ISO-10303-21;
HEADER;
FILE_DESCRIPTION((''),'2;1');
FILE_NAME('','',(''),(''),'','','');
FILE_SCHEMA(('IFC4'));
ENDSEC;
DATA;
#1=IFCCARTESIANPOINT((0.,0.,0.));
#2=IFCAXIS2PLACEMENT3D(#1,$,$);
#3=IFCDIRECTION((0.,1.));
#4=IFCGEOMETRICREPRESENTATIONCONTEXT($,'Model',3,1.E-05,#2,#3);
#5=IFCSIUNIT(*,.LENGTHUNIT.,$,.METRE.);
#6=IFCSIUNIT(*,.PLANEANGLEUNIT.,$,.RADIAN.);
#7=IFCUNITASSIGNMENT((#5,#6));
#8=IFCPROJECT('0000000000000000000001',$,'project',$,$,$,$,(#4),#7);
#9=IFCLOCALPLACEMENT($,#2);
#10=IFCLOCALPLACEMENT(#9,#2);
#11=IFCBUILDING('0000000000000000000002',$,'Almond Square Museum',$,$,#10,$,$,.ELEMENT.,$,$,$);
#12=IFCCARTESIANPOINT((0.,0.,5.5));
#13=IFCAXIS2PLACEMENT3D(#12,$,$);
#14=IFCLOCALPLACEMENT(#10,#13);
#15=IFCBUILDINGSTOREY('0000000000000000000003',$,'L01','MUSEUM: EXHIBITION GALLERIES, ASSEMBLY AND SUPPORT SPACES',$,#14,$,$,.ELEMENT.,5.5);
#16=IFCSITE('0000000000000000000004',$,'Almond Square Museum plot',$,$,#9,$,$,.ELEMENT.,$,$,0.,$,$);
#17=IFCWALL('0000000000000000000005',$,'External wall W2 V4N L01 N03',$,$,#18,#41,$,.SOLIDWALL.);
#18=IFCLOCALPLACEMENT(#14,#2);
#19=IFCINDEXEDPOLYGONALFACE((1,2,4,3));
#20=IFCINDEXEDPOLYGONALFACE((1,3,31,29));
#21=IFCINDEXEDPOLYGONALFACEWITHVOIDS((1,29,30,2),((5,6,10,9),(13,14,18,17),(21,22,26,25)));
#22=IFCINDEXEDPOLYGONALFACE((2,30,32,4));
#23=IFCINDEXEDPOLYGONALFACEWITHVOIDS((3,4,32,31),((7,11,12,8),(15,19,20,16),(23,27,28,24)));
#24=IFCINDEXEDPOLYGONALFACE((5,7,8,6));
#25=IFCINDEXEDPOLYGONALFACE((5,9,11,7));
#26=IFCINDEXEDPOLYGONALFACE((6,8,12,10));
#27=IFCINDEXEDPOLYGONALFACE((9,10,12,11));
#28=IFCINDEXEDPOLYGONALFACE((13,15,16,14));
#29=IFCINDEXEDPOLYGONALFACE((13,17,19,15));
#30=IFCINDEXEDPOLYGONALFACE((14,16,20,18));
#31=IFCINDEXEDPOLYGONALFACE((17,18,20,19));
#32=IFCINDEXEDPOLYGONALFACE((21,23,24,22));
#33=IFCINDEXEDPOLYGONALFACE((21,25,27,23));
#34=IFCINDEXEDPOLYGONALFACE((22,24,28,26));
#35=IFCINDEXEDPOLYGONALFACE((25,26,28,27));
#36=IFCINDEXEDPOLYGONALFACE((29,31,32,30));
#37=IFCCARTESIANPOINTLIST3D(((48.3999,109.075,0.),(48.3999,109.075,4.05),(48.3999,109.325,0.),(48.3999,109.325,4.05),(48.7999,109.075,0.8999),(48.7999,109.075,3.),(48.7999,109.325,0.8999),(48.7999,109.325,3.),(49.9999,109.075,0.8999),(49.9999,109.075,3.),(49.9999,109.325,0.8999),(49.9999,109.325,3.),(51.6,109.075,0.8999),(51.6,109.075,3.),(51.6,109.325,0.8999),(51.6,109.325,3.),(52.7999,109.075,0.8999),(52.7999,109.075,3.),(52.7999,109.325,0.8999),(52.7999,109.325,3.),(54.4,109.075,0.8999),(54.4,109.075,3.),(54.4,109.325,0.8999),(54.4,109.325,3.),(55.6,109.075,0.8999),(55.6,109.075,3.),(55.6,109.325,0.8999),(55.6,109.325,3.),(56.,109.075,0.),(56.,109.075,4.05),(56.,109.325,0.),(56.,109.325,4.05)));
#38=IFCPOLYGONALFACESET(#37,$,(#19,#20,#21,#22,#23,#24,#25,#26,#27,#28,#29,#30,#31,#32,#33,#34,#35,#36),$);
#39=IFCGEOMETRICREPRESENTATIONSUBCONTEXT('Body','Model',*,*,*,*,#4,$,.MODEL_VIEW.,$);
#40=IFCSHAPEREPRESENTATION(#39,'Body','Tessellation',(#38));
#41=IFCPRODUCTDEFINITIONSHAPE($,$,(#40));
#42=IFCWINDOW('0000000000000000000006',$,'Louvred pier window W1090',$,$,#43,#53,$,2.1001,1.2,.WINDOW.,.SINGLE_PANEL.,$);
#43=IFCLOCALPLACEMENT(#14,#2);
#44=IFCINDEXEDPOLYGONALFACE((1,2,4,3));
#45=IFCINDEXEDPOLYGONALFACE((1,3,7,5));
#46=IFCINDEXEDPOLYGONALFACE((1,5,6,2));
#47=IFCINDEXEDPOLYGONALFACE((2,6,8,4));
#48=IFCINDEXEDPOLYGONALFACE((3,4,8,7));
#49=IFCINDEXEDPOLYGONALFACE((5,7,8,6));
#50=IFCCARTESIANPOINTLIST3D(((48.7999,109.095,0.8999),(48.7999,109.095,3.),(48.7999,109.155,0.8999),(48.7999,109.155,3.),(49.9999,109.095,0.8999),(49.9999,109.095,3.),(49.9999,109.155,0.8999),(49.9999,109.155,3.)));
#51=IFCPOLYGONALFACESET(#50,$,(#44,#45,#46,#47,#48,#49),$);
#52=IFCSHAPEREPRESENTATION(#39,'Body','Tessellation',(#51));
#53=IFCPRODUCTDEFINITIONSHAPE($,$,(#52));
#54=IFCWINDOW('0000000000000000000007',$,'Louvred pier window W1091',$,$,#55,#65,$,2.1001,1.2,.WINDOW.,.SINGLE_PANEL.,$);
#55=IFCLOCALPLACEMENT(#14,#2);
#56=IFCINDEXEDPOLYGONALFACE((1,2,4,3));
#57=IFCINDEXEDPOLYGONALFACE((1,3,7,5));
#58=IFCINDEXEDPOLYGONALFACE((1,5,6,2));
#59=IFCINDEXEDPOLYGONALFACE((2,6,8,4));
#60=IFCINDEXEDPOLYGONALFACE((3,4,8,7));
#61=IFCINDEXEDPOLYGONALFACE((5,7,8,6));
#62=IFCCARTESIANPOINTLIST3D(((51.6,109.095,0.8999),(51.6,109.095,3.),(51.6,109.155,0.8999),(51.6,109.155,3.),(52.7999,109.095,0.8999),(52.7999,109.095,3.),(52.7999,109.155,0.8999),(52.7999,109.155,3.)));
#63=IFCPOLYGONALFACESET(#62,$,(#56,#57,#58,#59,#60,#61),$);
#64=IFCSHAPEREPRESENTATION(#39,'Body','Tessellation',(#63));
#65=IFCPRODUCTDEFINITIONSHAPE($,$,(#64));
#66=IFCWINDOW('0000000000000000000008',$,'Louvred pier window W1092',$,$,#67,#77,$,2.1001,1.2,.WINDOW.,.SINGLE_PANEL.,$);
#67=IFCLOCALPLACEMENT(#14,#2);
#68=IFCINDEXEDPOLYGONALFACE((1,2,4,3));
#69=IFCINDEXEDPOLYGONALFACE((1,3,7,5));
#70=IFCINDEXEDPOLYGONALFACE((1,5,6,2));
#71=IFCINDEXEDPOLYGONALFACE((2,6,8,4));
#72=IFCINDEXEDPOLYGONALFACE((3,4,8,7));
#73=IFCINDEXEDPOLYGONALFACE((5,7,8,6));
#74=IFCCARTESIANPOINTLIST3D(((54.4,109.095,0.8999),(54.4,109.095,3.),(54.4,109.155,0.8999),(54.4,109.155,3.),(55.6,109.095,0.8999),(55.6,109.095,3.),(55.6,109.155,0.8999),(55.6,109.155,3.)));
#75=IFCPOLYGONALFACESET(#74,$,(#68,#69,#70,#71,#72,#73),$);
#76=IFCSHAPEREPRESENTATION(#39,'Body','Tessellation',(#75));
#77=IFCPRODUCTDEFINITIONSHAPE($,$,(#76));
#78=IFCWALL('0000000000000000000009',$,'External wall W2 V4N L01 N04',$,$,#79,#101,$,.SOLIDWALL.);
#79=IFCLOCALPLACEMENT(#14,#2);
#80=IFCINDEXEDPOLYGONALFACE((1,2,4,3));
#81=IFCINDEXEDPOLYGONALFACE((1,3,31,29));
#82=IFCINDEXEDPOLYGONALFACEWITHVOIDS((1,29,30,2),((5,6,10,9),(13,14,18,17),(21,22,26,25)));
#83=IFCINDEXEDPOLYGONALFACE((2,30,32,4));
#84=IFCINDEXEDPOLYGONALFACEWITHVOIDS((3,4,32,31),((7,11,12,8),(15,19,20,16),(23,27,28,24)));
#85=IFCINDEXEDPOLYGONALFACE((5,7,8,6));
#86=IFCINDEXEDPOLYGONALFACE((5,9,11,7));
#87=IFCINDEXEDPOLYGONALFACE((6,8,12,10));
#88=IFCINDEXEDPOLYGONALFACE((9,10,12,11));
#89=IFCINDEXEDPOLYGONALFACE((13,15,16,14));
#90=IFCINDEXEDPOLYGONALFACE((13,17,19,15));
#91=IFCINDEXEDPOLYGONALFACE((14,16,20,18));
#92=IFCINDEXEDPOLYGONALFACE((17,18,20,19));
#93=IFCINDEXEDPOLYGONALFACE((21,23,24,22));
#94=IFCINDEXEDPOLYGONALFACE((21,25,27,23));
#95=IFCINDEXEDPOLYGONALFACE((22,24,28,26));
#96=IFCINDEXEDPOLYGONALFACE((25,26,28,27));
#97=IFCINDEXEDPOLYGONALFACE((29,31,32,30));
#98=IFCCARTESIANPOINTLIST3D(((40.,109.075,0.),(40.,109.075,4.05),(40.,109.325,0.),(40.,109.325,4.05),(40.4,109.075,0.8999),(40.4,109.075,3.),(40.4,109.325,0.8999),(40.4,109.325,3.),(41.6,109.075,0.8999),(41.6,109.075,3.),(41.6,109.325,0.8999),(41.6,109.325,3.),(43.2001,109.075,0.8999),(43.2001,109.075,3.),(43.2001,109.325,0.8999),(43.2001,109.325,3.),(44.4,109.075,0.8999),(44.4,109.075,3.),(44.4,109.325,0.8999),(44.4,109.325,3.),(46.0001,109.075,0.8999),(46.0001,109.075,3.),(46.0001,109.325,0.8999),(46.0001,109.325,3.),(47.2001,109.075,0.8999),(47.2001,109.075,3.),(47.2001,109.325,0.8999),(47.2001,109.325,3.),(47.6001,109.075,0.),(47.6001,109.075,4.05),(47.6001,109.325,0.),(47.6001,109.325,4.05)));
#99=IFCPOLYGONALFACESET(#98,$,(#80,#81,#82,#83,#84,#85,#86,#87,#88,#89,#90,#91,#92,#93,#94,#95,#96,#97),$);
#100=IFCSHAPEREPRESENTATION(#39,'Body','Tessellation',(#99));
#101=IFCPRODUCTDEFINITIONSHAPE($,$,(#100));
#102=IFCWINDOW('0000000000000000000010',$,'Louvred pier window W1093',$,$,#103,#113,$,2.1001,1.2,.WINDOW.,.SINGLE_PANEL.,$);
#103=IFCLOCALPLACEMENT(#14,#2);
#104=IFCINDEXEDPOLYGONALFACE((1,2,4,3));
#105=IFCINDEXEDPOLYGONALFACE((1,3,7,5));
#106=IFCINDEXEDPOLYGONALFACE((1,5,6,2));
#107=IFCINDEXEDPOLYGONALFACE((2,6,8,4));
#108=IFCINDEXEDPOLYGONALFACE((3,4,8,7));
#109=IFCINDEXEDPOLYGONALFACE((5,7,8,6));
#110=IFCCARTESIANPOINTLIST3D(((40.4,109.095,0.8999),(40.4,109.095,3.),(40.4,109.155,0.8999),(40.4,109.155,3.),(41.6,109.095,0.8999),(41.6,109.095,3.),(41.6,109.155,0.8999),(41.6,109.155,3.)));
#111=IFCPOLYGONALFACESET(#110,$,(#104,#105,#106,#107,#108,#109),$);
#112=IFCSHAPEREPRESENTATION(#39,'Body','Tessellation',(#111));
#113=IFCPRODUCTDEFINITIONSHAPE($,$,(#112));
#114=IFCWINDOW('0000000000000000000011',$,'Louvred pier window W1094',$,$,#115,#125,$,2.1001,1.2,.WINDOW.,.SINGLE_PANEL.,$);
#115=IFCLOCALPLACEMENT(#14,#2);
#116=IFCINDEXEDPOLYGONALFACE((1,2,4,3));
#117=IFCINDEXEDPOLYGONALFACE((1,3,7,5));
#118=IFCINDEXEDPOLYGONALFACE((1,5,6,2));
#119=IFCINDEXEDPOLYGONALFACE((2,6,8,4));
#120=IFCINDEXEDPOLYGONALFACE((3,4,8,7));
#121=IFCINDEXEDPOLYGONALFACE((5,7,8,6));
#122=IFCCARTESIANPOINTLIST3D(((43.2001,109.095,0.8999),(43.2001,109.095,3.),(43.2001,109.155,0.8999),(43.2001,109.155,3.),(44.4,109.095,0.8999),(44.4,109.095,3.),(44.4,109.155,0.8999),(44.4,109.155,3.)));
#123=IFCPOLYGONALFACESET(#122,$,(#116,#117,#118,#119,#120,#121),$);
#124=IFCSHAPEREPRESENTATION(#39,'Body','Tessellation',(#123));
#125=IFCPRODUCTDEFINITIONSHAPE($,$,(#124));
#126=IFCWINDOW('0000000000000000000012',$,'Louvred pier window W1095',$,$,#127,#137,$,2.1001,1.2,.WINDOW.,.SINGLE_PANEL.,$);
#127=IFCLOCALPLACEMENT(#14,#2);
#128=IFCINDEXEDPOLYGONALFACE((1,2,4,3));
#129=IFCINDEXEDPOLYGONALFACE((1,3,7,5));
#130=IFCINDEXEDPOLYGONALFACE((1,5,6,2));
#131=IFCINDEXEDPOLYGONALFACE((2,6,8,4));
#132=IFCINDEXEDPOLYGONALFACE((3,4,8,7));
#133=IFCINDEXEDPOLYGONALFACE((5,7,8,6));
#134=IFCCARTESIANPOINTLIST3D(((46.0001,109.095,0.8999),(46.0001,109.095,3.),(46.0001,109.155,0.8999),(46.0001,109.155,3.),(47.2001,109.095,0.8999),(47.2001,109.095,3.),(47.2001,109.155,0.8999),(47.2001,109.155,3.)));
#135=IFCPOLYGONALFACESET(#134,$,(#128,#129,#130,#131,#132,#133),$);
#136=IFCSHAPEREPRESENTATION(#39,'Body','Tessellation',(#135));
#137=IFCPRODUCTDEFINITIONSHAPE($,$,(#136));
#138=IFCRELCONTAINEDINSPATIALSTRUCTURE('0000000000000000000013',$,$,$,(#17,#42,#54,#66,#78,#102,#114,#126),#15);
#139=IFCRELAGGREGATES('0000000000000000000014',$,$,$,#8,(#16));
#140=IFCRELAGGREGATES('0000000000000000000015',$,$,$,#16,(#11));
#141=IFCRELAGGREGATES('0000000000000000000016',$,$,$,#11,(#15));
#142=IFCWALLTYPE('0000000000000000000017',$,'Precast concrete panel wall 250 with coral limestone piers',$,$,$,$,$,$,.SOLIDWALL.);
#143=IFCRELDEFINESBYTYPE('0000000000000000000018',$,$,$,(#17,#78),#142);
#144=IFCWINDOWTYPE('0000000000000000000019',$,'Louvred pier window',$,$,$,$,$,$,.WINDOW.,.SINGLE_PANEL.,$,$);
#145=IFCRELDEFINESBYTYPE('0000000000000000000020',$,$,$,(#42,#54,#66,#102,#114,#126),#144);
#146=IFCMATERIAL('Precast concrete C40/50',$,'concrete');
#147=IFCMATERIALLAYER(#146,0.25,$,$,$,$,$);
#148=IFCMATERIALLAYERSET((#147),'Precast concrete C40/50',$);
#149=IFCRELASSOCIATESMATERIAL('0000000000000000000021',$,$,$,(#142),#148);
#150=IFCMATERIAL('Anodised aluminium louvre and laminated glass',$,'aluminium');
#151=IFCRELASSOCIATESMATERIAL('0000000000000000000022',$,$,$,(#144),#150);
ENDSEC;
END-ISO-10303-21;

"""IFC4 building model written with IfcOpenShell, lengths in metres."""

from ifc_helpers import new_model, si_unit, direction, frame, frame_2d, origin, place, context, subcontext, project, spatial, rectangle, extrude, material, layer, layer_set, type_object, element, fill, save


model = new_model("IFC4")

# Units and contexts
model_context = context("Model", 3, precision=1e-05, world=origin(), true_north=direction((0.0, 1.0)))
body_context = subcontext(model_context, "Body", "Model", "MODEL_VIEW")
ifc_project = project(units=[si_unit("LENGTHUNIT", "METRE"), si_unit("PLANEANGLEUNIT", "RADIAN")], contexts=[model_context])

# Site, building, storey
site_placement = place(None, origin())
site = spatial("IfcSite", under=ifc_project, at=site_placement, Name="Almond Square Museum plot", CompositionType="ELEMENT", RefElevation=0.0)
building_placement = place(site_placement, origin())
building = spatial("IfcBuilding", under=site, at=building_placement, Name="Almond Square Museum", CompositionType="ELEMENT")
storey_placement = place(building_placement, frame((0.0, 0.0, 5.5)))
storey = spatial("IfcBuildingStorey", under=building, at=storey_placement, Name="L01", Description="MUSEUM: EXHIBITION GALLERIES, ASSEMBLY AND SUPPORT SPACES", CompositionType="ELEMENT", Elevation=5.5)

# Walls, openings, windows
ifc_material_1 = material(Name="Precast concrete C40/50", Category="concrete")
ifc_layer = layer(ifc_material_1, 0.25)
ifc_layer_set = layer_set([ifc_layer], Name="Precast concrete C40/50")
wall_type = type_object("IfcWallType", Name="Precast concrete panel wall 250 with coral limestone piers", PredefinedType="SOLIDWALL", material=ifc_layer_set)
wall_1_placement = place(storey_placement, frame((48.3999, 109.2, 0.0), z_axis=(0.0, 0.0, 1.0), x_axis=(1.0, 0.0, 0.0)))
wall_1 = element("IfcWall", 1, at=wall_1_placement, inside=storey, type_object=wall_type, Name="External wall W2 V4N L01 N03", PredefinedType="SOLIDWALL", context=body_context, shape_type="SweptSolid", body=[
    extrude(rectangle(XDim=7.6001, YDim=0.25, at=frame_2d((3.8, 0.0))), origin(), (0.0, 0.0, 1.0), 4.05),
])
opening_1_placement = place(wall_1_placement, frame((0.3999, 0.0, 0.8999)))
opening_1 = element("IfcOpeningElement", 2, at=opening_1_placement, cuts=wall_1, PredefinedType="OPENING", context=body_context, shape_type="SweptSolid", body=[
    extrude(rectangle(XDim=1.2, YDim=2.1001, at=frame_2d((0.6001, 1.05))), frame((0.0, 0.135, 0.0), z_axis=(0.0, -1.0, 0.0), x_axis=(1.0, 0.0, 0.0)), (0.0, 0.0, 1.0), 0.27),
])
opening_2_placement = place(wall_1_placement, frame((3.2, 0.0, 0.8999)))
opening_2 = element("IfcOpeningElement", 3, at=opening_2_placement, cuts=wall_1, PredefinedType="OPENING", context=body_context, shape_type="SweptSolid", body=[
    extrude(rectangle(XDim=1.2, YDim=2.1001, at=frame_2d((0.6001, 1.05))), frame((0.0, 0.135, 0.0), z_axis=(0.0, -1.0, 0.0), x_axis=(1.0, 0.0, 0.0)), (0.0, 0.0, 1.0), 0.27),
])
opening_3_placement = place(wall_1_placement, frame((6.0, 0.0, 0.8999)))
opening_3 = element("IfcOpeningElement", 4, at=opening_3_placement, cuts=wall_1, PredefinedType="OPENING", context=body_context, shape_type="SweptSolid", body=[
    extrude(rectangle(XDim=1.2, YDim=2.1001, at=frame_2d((0.6001, 1.05))), frame((0.0, 0.135, 0.0), z_axis=(0.0, -1.0, 0.0), x_axis=(1.0, 0.0, 0.0)), (0.0, 0.0, 1.0), 0.27),
])
ifc_material_2 = material(Name="Anodised aluminium louvre and laminated glass", Category="aluminium")
window_type = type_object("IfcWindowType", Name="Louvred pier window", PartitioningType="SINGLE_PANEL", PredefinedType="WINDOW", material=ifc_material_2)
window_1_placement = place(opening_1_placement, origin())
window_1 = element("IfcWindow", 5, at=window_1_placement, inside=storey, type_object=window_type, Name="Louvred pier window W1090", OverallHeight=2.1001, OverallWidth=1.2, PartitioningType="SINGLE_PANEL", PredefinedType="WINDOW", context=body_context, shape_type="SweptSolid", body=[
    extrude(rectangle(XDim=1.2, YDim=2.1001, at=frame_2d((0.6001, 1.05))), frame((0.0, -0.0449, 0.0), z_axis=(0.0, -1.0, 0.0), x_axis=(1.0, 0.0, 0.0)), (0.0, 0.0, 1.0), 0.0601),
])
fill(opening_1, window_1)
window_2_placement = place(opening_2_placement, origin())
window_2 = element("IfcWindow", 6, at=window_2_placement, inside=storey, type_object=window_type, Name="Louvred pier window W1091", OverallHeight=2.1001, OverallWidth=1.2, PartitioningType="SINGLE_PANEL", PredefinedType="WINDOW", context=body_context, shape_type="SweptSolid", body=[
    extrude(rectangle(XDim=1.2, YDim=2.1001, at=frame_2d((0.6001, 1.05))), frame((0.0, -0.0449, 0.0), z_axis=(0.0, -1.0, 0.0), x_axis=(1.0, 0.0, 0.0)), (0.0, 0.0, 1.0), 0.0601),
])
fill(opening_2, window_2)
window_3_placement = place(opening_3_placement, origin())
window_3 = element("IfcWindow", 7, at=window_3_placement, inside=storey, type_object=window_type, Name="Louvred pier window W1092", OverallHeight=2.1001, OverallWidth=1.2, PartitioningType="SINGLE_PANEL", PredefinedType="WINDOW", context=body_context, shape_type="SweptSolid", body=[
    extrude(rectangle(XDim=1.2, YDim=2.1001, at=frame_2d((0.6001, 1.05))), frame((0.0, -0.0449, 0.0), z_axis=(0.0, -1.0, 0.0), x_axis=(1.0, 0.0, 0.0)), (0.0, 0.0, 1.0), 0.0601),
])
fill(opening_3, window_3)
wall_2_placement = place(storey_placement, frame((40.0, 109.2, 0.0), z_axis=(0.0, 0.0, 1.0), x_axis=(1.0, 0.0, 0.0)))
wall_2 = element("IfcWall", 8, at=wall_2_placement, inside=storey, type_object=wall_type, Name="External wall W2 V4N L01 N04", PredefinedType="SOLIDWALL", context=body_context, shape_type="SweptSolid", body=[
    extrude(rectangle(XDim=7.6001, YDim=0.25, at=frame_2d((3.8, 0.0))), origin(), (0.0, 0.0, 1.0), 4.05),
])
opening_4_placement = place(wall_2_placement, frame((0.3999, 0.0, 0.8999)))
opening_4 = element("IfcOpeningElement", 9, at=opening_4_placement, cuts=wall_2, PredefinedType="OPENING", context=body_context, shape_type="SweptSolid", body=[
    extrude(rectangle(XDim=1.2, YDim=2.1001, at=frame_2d((0.6001, 1.05))), frame((0.0, 0.135, 0.0), z_axis=(0.0, -1.0, 0.0), x_axis=(1.0, 0.0, 0.0)), (0.0, 0.0, 1.0), 0.27),
])
opening_5_placement = place(wall_2_placement, frame((3.2, 0.0, 0.8999)))
opening_5 = element("IfcOpeningElement", 10, at=opening_5_placement, cuts=wall_2, PredefinedType="OPENING", context=body_context, shape_type="SweptSolid", body=[
    extrude(rectangle(XDim=1.2, YDim=2.1001, at=frame_2d((0.6001, 1.05))), frame((0.0, 0.135, 0.0), z_axis=(0.0, -1.0, 0.0), x_axis=(1.0, 0.0, 0.0)), (0.0, 0.0, 1.0), 0.27),
])
opening_6_placement = place(wall_2_placement, frame((6.0, 0.0, 0.8999)))
opening_6 = element("IfcOpeningElement", 11, at=opening_6_placement, cuts=wall_2, PredefinedType="OPENING", context=body_context, shape_type="SweptSolid", body=[
    extrude(rectangle(XDim=1.2, YDim=2.1001, at=frame_2d((0.6001, 1.05))), frame((0.0, 0.135, 0.0), z_axis=(0.0, -1.0, 0.0), x_axis=(1.0, 0.0, 0.0)), (0.0, 0.0, 1.0), 0.27),
])
window_4_placement = place(opening_4_placement, origin())
window_4 = element("IfcWindow", 12, at=window_4_placement, inside=storey, type_object=window_type, Name="Louvred pier window W1093", OverallHeight=2.1001, OverallWidth=1.2, PartitioningType="SINGLE_PANEL", PredefinedType="WINDOW", context=body_context, shape_type="SweptSolid", body=[
    extrude(rectangle(XDim=1.2, YDim=2.1001, at=frame_2d((0.6001, 1.05))), frame((0.0, -0.0449, 0.0), z_axis=(0.0, -1.0, 0.0), x_axis=(1.0, 0.0, 0.0)), (0.0, 0.0, 1.0), 0.0601),
])
fill(opening_4, window_4)
window_5_placement = place(opening_5_placement, origin())
window_5 = element("IfcWindow", 13, at=window_5_placement, inside=storey, type_object=window_type, Name="Louvred pier window W1094", OverallHeight=2.1001, OverallWidth=1.2, PartitioningType="SINGLE_PANEL", PredefinedType="WINDOW", context=body_context, shape_type="SweptSolid", body=[
    extrude(rectangle(XDim=1.2, YDim=2.1001, at=frame_2d((0.6001, 1.05))), frame((0.0, -0.0449, 0.0), z_axis=(0.0, -1.0, 0.0), x_axis=(1.0, 0.0, 0.0)), (0.0, 0.0, 1.0), 0.0601),
])
fill(opening_5, window_5)
window_6_placement = place(opening_6_placement, origin())
window_6 = element("IfcWindow", 14, at=window_6_placement, inside=storey, type_object=window_type, Name="Louvred pier window W1095", OverallHeight=2.1001, OverallWidth=1.2, PartitioningType="SINGLE_PANEL", PredefinedType="WINDOW", context=body_context, shape_type="SweptSolid", body=[
    extrude(rectangle(XDim=1.2, YDim=2.1001, at=frame_2d((0.6001, 1.05))), frame((0.0, -0.0449, 0.0), z_axis=(0.0, -1.0, 0.0), x_axis=(1.0, 0.0, 0.0)), (0.0, 0.0, 1.0), 0.0601),
])
fill(opening_6, window_6)

save(model, "model.ifc")
